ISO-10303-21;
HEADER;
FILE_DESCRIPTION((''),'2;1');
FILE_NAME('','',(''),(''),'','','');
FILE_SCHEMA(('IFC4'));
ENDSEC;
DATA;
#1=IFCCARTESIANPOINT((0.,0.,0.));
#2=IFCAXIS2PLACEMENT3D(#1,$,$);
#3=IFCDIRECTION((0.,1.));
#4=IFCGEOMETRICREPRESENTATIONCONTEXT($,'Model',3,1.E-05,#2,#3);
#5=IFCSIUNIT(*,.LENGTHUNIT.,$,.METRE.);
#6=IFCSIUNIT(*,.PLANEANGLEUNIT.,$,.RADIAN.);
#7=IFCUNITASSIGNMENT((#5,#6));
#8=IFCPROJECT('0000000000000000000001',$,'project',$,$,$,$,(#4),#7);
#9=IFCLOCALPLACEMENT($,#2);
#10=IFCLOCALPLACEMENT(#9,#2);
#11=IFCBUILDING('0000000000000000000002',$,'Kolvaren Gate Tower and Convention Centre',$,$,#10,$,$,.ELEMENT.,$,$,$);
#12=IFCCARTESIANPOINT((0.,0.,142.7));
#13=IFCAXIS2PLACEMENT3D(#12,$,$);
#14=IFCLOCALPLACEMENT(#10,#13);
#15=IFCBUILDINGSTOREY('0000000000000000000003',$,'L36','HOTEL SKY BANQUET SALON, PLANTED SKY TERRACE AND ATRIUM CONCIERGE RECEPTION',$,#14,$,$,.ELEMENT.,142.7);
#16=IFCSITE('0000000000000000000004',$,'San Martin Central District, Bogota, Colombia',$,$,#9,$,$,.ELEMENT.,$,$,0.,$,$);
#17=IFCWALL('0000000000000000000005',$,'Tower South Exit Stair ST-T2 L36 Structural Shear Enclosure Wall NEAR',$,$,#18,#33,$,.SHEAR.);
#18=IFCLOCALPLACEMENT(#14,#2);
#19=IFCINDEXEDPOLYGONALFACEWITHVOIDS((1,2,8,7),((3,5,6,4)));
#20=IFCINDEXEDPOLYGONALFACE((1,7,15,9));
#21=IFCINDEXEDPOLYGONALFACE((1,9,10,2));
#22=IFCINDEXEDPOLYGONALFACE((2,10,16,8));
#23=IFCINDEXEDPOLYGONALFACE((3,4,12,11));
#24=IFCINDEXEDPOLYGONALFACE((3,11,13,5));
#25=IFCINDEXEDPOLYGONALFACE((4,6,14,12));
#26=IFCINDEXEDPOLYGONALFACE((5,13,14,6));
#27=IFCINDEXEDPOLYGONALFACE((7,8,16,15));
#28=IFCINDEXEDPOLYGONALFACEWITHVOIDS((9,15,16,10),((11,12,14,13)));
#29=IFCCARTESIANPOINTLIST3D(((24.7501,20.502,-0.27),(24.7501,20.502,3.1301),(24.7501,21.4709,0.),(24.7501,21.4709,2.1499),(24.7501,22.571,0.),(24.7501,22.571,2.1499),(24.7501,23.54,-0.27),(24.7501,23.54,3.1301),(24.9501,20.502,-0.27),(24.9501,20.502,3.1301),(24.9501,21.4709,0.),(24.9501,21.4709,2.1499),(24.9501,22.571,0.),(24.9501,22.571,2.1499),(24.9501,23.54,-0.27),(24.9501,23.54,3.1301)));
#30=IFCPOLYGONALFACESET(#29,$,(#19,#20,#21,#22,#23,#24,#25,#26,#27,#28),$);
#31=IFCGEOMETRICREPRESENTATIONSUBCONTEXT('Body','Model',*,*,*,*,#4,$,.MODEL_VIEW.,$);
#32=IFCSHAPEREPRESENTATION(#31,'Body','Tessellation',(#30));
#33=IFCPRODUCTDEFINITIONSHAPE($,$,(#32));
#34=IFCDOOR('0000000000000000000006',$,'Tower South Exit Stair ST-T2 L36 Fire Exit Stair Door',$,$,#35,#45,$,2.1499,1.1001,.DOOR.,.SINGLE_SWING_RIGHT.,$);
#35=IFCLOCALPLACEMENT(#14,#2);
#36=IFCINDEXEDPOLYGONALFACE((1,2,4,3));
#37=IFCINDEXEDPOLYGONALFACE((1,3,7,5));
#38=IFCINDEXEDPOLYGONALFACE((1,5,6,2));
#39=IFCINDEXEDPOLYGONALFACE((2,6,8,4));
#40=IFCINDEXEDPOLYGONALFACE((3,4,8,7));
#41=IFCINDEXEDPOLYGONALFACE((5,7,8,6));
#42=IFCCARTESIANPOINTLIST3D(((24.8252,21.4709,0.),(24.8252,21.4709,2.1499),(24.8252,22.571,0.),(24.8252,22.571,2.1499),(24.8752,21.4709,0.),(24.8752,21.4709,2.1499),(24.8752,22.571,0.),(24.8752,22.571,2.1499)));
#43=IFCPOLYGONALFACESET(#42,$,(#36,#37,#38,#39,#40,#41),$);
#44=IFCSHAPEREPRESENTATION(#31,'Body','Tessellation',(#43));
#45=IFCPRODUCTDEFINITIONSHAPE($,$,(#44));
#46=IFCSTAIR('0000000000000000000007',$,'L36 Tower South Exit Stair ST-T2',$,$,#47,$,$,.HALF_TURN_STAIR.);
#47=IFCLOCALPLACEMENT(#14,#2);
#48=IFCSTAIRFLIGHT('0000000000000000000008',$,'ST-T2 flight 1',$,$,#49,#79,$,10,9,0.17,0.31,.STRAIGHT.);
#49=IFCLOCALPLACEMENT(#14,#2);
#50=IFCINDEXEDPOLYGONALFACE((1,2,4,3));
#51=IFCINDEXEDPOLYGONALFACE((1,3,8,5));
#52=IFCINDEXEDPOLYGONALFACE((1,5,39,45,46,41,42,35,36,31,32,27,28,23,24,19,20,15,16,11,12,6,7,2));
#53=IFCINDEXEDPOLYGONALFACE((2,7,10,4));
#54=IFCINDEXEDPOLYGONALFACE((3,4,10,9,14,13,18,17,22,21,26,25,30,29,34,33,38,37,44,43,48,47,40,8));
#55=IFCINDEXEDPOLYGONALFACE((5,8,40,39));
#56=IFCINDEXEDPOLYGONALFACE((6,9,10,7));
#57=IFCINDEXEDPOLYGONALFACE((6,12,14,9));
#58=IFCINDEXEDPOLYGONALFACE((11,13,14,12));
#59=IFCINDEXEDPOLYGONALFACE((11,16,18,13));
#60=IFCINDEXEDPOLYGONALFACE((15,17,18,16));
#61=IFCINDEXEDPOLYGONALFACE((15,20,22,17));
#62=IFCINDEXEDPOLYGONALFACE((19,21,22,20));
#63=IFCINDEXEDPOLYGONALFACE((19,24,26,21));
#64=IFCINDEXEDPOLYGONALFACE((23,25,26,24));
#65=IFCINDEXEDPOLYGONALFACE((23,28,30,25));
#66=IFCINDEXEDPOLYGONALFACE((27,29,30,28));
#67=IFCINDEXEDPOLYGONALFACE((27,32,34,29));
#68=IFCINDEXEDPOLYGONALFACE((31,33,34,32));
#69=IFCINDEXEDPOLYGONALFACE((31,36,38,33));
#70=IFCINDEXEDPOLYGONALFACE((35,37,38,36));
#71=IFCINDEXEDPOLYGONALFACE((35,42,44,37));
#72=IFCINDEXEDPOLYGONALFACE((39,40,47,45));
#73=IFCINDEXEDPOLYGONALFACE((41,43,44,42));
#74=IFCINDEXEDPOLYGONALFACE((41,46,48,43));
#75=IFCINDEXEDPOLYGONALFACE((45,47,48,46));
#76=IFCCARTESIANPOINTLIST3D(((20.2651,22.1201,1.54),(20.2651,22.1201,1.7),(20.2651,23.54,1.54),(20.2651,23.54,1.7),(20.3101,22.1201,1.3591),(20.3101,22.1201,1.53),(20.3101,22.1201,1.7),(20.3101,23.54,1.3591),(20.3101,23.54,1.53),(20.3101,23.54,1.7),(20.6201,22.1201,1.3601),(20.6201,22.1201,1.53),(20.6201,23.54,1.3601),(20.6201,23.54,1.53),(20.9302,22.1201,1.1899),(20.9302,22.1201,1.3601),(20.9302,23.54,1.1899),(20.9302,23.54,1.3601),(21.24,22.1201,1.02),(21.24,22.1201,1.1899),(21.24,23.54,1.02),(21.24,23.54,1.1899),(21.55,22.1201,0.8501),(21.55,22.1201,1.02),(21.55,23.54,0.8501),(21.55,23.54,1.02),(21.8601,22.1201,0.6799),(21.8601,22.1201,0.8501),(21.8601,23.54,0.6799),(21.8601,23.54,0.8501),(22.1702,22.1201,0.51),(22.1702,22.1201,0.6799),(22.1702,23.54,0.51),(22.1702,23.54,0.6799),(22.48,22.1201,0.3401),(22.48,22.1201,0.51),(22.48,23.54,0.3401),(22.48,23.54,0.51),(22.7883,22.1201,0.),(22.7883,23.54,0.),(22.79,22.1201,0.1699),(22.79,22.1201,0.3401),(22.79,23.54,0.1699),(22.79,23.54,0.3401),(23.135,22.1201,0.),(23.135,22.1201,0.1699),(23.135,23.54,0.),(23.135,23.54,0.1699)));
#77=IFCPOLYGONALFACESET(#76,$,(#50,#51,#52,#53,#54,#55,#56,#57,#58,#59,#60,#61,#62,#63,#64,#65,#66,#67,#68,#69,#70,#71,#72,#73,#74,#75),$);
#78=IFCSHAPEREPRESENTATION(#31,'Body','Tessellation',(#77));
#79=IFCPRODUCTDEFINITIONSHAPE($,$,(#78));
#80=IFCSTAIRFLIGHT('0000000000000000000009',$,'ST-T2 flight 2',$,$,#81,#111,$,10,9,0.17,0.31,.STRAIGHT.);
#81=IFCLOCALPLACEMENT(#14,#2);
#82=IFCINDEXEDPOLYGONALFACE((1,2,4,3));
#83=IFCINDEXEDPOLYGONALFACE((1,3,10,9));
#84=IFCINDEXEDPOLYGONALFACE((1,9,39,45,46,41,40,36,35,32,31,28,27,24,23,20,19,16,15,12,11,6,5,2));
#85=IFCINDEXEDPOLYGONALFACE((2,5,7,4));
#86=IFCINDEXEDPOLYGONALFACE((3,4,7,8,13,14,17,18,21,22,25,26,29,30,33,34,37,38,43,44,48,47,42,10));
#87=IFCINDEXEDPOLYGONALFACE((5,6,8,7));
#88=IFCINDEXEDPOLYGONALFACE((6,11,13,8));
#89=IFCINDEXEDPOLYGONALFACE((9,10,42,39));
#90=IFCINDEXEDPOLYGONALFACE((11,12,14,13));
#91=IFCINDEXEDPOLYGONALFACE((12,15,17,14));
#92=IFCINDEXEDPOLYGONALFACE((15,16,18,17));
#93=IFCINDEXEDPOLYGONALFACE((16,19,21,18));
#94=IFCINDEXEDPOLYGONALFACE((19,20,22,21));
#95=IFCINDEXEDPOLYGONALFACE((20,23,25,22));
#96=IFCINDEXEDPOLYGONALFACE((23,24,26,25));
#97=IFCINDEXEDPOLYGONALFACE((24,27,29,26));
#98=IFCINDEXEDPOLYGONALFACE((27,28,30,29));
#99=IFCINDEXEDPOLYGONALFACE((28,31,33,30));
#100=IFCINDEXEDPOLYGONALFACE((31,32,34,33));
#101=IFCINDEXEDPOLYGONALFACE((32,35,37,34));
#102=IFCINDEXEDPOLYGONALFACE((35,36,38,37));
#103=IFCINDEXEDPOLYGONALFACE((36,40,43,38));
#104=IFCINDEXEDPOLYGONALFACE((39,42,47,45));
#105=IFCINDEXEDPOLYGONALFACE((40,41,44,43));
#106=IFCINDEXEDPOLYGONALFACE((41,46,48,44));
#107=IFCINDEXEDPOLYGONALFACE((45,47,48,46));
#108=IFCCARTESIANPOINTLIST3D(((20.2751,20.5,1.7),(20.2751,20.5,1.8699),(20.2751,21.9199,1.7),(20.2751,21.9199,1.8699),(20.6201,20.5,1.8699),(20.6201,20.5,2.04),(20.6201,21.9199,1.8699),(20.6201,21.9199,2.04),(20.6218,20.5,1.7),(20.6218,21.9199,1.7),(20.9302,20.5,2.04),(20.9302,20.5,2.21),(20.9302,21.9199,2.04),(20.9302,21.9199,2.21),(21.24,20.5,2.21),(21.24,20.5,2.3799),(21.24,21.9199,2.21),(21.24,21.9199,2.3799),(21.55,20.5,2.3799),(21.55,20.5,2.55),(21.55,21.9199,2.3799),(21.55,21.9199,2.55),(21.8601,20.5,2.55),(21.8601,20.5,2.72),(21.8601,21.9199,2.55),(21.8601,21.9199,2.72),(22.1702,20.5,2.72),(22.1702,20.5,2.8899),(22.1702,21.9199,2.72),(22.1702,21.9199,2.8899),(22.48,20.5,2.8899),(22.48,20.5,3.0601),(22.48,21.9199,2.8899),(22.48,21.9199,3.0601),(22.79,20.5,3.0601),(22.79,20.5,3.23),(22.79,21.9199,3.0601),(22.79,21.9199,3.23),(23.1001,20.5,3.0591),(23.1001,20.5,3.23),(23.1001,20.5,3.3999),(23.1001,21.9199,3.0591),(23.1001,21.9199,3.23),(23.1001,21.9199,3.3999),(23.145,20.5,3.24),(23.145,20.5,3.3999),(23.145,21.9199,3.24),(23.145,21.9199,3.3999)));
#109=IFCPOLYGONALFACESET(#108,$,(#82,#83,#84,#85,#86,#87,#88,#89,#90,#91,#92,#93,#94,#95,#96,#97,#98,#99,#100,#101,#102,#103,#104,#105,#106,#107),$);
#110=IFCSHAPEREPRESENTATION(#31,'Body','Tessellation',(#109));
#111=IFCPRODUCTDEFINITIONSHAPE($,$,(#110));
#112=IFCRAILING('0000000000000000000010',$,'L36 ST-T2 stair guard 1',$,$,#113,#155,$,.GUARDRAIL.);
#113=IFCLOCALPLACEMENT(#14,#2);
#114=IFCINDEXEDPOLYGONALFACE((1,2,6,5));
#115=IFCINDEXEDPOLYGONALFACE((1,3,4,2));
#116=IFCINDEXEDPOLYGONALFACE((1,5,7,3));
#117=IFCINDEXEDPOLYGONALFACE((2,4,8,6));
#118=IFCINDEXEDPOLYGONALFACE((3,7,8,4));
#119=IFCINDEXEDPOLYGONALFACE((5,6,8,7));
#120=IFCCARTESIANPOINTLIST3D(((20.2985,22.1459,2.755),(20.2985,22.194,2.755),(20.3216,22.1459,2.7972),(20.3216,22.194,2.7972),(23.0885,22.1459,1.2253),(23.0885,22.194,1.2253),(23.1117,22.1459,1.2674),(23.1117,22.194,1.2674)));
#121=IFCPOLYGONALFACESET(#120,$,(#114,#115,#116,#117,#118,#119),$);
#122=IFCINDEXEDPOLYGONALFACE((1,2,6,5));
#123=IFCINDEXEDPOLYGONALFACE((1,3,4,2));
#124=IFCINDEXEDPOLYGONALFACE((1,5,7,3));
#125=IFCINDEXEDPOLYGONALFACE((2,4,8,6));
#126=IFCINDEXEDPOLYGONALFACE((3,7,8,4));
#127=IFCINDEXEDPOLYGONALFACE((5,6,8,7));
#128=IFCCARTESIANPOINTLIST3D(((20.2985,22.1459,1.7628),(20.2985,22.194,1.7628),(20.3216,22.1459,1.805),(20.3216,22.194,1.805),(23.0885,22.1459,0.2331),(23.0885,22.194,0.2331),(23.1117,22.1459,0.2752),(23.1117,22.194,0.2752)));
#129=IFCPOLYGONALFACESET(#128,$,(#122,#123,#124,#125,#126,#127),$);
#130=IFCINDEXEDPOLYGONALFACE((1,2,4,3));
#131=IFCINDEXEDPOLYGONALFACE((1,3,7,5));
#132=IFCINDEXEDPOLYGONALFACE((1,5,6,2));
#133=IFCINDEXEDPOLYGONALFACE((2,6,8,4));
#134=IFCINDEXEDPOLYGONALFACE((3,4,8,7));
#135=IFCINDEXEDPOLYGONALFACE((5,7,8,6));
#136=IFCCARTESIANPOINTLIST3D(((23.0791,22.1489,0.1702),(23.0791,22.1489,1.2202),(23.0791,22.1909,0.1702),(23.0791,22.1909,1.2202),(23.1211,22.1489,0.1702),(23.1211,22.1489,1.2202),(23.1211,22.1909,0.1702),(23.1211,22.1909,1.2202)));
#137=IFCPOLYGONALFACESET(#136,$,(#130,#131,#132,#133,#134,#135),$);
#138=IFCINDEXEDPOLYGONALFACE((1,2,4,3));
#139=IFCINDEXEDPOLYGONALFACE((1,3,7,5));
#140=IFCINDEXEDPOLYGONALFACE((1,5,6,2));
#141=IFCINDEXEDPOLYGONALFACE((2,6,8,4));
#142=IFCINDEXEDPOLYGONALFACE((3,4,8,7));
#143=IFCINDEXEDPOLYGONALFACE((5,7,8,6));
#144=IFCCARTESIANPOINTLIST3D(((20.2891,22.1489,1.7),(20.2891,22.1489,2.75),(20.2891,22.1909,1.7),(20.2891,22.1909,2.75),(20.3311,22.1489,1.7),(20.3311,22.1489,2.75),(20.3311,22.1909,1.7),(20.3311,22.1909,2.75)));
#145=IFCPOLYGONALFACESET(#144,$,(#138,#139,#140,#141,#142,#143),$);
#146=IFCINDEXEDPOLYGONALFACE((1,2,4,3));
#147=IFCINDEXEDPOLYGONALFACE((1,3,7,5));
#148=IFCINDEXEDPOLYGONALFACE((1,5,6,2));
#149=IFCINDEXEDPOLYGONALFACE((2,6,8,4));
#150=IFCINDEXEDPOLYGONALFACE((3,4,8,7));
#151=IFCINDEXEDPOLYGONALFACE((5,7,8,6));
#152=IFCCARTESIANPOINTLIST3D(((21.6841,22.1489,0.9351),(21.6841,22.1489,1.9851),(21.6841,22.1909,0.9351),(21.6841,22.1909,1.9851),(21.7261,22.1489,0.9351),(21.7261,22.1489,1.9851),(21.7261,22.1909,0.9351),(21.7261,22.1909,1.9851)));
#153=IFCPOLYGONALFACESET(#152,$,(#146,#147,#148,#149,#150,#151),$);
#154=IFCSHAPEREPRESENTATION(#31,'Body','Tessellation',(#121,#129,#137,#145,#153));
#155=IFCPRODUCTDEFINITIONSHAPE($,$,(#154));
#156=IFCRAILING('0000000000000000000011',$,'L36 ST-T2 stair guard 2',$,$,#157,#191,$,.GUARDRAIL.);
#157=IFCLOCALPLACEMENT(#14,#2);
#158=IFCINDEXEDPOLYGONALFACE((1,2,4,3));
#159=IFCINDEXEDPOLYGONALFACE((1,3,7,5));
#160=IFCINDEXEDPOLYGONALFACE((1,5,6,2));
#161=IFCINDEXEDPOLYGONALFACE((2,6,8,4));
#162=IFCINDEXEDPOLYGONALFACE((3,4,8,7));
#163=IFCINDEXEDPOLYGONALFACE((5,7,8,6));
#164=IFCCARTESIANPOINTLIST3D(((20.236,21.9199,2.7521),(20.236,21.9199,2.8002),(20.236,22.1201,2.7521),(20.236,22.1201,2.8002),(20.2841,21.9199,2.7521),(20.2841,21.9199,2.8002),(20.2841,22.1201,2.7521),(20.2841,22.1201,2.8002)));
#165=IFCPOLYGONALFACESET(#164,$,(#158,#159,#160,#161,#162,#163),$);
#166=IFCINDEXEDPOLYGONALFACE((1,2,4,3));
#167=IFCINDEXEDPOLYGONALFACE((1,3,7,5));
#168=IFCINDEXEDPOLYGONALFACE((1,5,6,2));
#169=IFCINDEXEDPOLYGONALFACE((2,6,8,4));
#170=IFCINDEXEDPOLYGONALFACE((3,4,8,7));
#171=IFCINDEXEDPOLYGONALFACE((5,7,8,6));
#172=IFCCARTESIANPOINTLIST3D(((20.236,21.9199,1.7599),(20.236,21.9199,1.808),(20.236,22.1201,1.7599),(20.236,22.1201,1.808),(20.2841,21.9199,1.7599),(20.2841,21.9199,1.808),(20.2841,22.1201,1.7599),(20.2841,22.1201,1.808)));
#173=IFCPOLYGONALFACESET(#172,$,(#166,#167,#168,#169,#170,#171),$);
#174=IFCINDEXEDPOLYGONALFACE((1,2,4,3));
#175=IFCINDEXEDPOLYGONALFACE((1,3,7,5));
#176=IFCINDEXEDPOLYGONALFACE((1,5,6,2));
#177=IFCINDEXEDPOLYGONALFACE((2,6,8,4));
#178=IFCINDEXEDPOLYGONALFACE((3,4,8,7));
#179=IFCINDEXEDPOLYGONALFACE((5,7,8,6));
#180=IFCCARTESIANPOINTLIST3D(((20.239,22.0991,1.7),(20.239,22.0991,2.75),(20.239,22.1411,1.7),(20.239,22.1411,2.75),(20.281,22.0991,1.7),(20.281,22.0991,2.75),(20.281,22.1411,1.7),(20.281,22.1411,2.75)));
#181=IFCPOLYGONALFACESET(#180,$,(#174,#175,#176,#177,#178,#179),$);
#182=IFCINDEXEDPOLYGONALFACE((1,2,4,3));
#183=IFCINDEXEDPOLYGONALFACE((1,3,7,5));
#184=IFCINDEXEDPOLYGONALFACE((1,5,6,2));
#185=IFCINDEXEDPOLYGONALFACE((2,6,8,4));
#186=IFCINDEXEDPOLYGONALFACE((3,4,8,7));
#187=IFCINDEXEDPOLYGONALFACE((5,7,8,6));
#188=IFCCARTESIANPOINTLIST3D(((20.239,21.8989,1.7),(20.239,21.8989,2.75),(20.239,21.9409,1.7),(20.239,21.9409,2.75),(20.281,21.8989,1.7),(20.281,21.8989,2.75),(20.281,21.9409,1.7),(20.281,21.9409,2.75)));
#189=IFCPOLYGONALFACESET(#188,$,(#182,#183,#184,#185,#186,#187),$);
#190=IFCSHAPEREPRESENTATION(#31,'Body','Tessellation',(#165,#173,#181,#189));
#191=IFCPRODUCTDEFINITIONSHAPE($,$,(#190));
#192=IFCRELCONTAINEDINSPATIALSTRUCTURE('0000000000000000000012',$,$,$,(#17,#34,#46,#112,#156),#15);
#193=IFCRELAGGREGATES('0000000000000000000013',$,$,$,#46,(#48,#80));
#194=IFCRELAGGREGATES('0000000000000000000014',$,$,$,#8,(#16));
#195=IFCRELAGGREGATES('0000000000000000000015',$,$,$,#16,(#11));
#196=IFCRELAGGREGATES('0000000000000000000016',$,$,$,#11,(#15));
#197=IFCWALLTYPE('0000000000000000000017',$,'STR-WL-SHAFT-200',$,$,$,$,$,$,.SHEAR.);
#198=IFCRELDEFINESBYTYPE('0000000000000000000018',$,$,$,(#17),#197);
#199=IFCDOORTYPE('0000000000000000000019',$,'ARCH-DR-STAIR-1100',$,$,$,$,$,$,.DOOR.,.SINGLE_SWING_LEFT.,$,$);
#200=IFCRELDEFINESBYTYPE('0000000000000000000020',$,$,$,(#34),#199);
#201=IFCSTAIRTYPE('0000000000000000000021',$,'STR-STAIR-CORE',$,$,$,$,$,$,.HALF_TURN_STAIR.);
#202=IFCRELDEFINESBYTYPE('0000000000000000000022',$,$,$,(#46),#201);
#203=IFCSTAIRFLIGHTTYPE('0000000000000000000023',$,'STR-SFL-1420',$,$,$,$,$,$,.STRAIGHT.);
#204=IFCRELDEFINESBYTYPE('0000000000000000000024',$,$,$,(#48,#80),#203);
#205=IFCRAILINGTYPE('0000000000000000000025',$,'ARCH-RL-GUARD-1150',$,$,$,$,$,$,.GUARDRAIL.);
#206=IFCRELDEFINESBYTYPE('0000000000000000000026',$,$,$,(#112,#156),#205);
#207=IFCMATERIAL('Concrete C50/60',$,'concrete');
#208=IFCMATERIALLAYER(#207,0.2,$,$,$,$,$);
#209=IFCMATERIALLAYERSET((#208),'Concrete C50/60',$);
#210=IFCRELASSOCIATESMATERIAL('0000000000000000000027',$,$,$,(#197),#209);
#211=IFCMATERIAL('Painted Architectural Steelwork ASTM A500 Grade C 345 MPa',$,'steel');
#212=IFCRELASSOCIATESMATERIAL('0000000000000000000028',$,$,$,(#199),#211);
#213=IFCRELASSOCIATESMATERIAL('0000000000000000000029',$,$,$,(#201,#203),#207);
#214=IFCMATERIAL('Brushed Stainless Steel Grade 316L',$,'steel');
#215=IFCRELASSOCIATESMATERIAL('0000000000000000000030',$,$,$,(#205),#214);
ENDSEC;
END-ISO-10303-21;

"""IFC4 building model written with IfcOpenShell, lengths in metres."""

from ifc_helpers import new_model, si_unit, direction, frame, frame_2d, origin, origin_2d, place, context, subcontext, project, spatial, polyline, rectangle, outline, extrude, material, layer, layer_set, type_object, element, fill, aggregate, save


model = new_model("IFC4")

# Units and contexts
model_context = context("Model", 3, precision=1e-05, world=origin(), true_north=direction((0.0, 1.0)))
body_context = subcontext(model_context, "Body", "Model", "MODEL_VIEW")
ifc_project = project(units=[si_unit("LENGTHUNIT", "METRE"), si_unit("PLANEANGLEUNIT", "RADIAN")], contexts=[model_context])

# Site, building, storey
site_placement = place(None, origin())
site = spatial("IfcSite", under=ifc_project, at=site_placement, Name="San Martin Central District, Bogota, Colombia", CompositionType="ELEMENT", RefElevation=0.0)
building_placement = place(site_placement, origin())
building = spatial("IfcBuilding", under=site, at=building_placement, Name="Kolvaren Gate Tower and Convention Centre", CompositionType="ELEMENT")
storey_placement = place(building_placement, frame((0.0, 0.0, 142.7)))
storey = spatial("IfcBuildingStorey", under=building, at=storey_placement, Name="L36", Description="HOTEL SKY BANQUET SALON, PLANTED SKY TERRACE AND ATRIUM CONCIERGE RECEPTION", CompositionType="ELEMENT", Elevation=142.7)

# Shared definitions
ifc_material_1 = material(Name="Brushed Stainless Steel Grade 316L", Category="steel")

# Wall, opening, door
ifc_material_2 = material(Name="Concrete C50/60", Category="concrete")
ifc_layer_1 = layer(ifc_material_2, 0.2)
ifc_layer_set_1 = layer_set([ifc_layer_1], Name="Concrete C50/60")
wall_type_1 = type_object("IfcWallType", Name="STR-WL-SHAFT-200", PredefinedType="SHEAR", material=ifc_layer_set_1)
wall_1_placement = place(storey_placement, frame((24.8501, 20.502, -0.27), z_axis=(0.0, 0.0, 1.0), x_axis=(0.0, 1.0, 0.0)))
wall_1 = element("IfcWall", 1, at=wall_1_placement, inside=storey, type_object=wall_type_1, Name="Tower South Exit Stair ST-T2 L36 Structural Shear Enclosure Wall NEAR", PredefinedType="SHEAR", context=body_context, shape_type="SweptSolid", body=[
    extrude(rectangle(XDim=3.0381, YDim=0.2, at=frame_2d((1.519, 0.0))), origin(), (0.0, 0.0, 1.0), 3.4001),
])
opening_1_placement = place(wall_1_placement, frame((0.969, 0.0, 0.27)))
opening_1 = element("IfcOpeningElement", 2, at=opening_1_placement, cuts=wall_1, PredefinedType="OPENING", context=body_context, shape_type="SweptSolid", body=[
    extrude(rectangle(XDim=1.1001, YDim=2.1499, at=frame_2d((0.55, 1.075))), frame((0.0, 0.1099, 0.0), z_axis=(0.0, -1.0, 0.0), x_axis=(1.0, 0.0, 0.0)), (0.0, 0.0, 1.0), 0.22),
])
ifc_material_3 = material(Name="Painted Architectural Steelwork ASTM A500 Grade C 345 MPa", Category="steel")
door_type_1 = type_object("IfcDoorType", Name="ARCH-DR-STAIR-1100", OperationType="SINGLE_SWING_LEFT", PredefinedType="DOOR", material=ifc_material_3)
door_1_placement = place(opening_1_placement, origin())
door_1 = element("IfcDoor", 3, at=door_1_placement, inside=storey, type_object=door_type_1, Name="Tower South Exit Stair ST-T2 L36 Fire Exit Stair Door", OperationType="SINGLE_SWING_RIGHT", OverallHeight=2.1499, OverallWidth=1.1001, PredefinedType="DOOR", context=body_context, shape_type="SweptSolid", body=[
    extrude(rectangle(XDim=1.1001, YDim=2.1499, at=frame_2d((0.55, 1.075))), frame((0.0, 0.0249, 0.0), z_axis=(0.0, -1.0, 0.0), x_axis=(1.0, 0.0, 0.0)), (0.0, 0.0, 1.0), 0.05),
])
fill(opening_1, door_1)

# Stair, stair flights
stair_type = type_object("IfcStairType", Name="STR-STAIR-CORE", PredefinedType="HALF_TURN_STAIR", material=ifc_material_2)
stair_placement = place(storey_placement, origin())
stair = element("IfcStair", 4, at=stair_placement, inside=storey, type_object=stair_type, Name="L36 Tower South Exit Stair ST-T2", PredefinedType="HALF_TURN_STAIR")
stair_flight_type = type_object("IfcStairFlightType", Name="STR-SFL-1420", PredefinedType="STRAIGHT", material=ifc_material_2)
stair_flight_1_placement = place(storey_placement, frame((23.1001, 22.8301, 0.0), z_axis=(0.0, 0.0, 1.0), x_axis=(-1.0, 0.0, 0.0)))
stair_flight_1 = element("IfcStairFlight", 5, at=stair_flight_1_placement, type_object=stair_flight_type, Name="ST-T2 flight 1", NumberOfRisers=10, NumberOfTreads=9, PredefinedType="STRAIGHT", RiserHeight=0.17, TreadLength=0.31, context=body_context, shape_type="SweptSolid", body=[
    extrude(outline(polyline([(-0.0349, 0.0), (-0.0349, 0.1699), (0.3101, 0.1699), (0.3101, 0.3401), (0.6201, 0.3401), (0.6201, 0.51), (0.9299, 0.51), (0.9299, 0.6799), (1.24, 0.6799), (1.24, 0.8501), (1.55, 0.8501), (1.55, 1.02), (1.8601, 1.02), (1.8601, 1.1899), (2.1699, 1.1899), (2.1699, 1.3601), (2.48, 1.3601), (2.48, 1.53), (2.79, 1.53), (2.79, 1.7), (2.835, 1.7), (2.835, 1.54), (2.79, 1.3591), (0.3118, 0.0), (-0.0349, 0.0)])), frame((0.0, 0.71, 0.0), z_axis=(0.0, -1.0, 0.0), x_axis=(1.0, 0.0, 0.0)), (0.0, 0.0, 1.0), 1.4199),
])
stair_flight_2_placement = place(storey_placement, frame((20.3101, 21.21, 1.7), z_axis=(0.0, 0.0, 1.0), x_axis=(1.0, 0.0, 0.0)))
stair_flight_2 = element("IfcStairFlight", 6, at=stair_flight_2_placement, type_object=stair_flight_type, Name="ST-T2 flight 2", NumberOfRisers=10, NumberOfTreads=9, PredefinedType="STRAIGHT", RiserHeight=0.17, TreadLength=0.31, context=body_context, shape_type="SweptSolid", body=[
    extrude(outline(polyline([(-0.0349, 0.0), (-0.0349, 0.1699), (0.3101, 0.1699), (0.3101, 0.3401), (0.6201, 0.3401), (0.6201, 0.51), (0.9299, 0.51), (0.9299, 0.6799), (1.24, 0.6799), (1.24, 0.8501), (1.55, 0.8501), (1.55, 1.02), (1.8601, 1.02), (1.8601, 1.1899), (2.1699, 1.1899), (2.1699, 1.3601), (2.48, 1.3601), (2.48, 1.53), (2.79, 1.53), (2.79, 1.7), (2.835, 1.7), (2.835, 1.54), (2.79, 1.3591), (0.3118, 0.0), (-0.0349, 0.0)])), frame((0.0, 0.71, 0.0), z_axis=(0.0, -1.0, 0.0), x_axis=(1.0, 0.0, 0.0)), (0.0, 0.0, 1.0), 1.4199),
])
aggregate(stair, [stair_flight_1, stair_flight_2])

# Railings
railing_type_1 = type_object("IfcRailingType", Name="ARCH-RL-GUARD-1150", PredefinedType="GUARDRAIL", material=ifc_material_1)
railing_1_placement = place(storey_placement, frame((23.1001, 22.1699, 0.1702)))
element("IfcRailing", 7, at=railing_1_placement, inside=storey, type_object=railing_type_1, Name="L36 ST-T2 stair guard 1", PredefinedType="GUARDRAIL", context=body_context, shape_type="SweptSolid", body=[
    extrude(rectangle(XDim=0.0481, YDim=0.0481, at=origin_2d()), frame((0.0, 0.0, 1.0762), z_axis=(-0.876844, 0.0, 0.480776), x_axis=(0.0, -1.0, 0.0)), (0.0, 0.0, 1.0), 3.1819),
    extrude(rectangle(XDim=0.0481, YDim=0.0481, at=origin_2d()), frame((0.0, 0.0, 0.084), z_axis=(-0.876844, 0.0, 0.480776), x_axis=(0.0, -1.0, 0.0)), (0.0, 0.0, 1.0), 3.1819),
    extrude(rectangle(XDim=0.042, YDim=0.042, at=origin_2d()), origin(), (0.0, 0.0, 1.0), 1.05),
    extrude(rectangle(XDim=0.042, YDim=0.042, at=origin_2d()), frame((-2.79, 0.0, 1.5298)), (0.0, 0.0, 1.0), 1.05),
    extrude(rectangle(XDim=0.042, YDim=0.042, at=origin_2d()), frame((-1.395, 0.0, 0.7649)), (0.0, 0.0, 1.0), 1.05),
])
railing_2_placement = place(storey_placement, frame((20.26, 22.1201, 1.7)))
element("IfcRailing", 8, at=railing_2_placement, inside=storey, type_object=railing_type_1, Name="L36 ST-T2 stair guard 2", PredefinedType="GUARDRAIL", context=body_context, shape_type="SweptSolid", body=[
    extrude(rectangle(XDim=0.0481, YDim=0.0481, at=origin_2d()), frame((0.0, 0.0, 1.0762), z_axis=(0.0, -1.0, 0.0), x_axis=(1.0, 0.0, 0.0)), (0.0, 0.0, 1.0), 0.2002),
    extrude(rectangle(XDim=0.0481, YDim=0.0481, at=origin_2d()), frame((0.0, 0.0, 0.084), z_axis=(0.0, -1.0, 0.0), x_axis=(1.0, 0.0, 0.0)), (0.0, 0.0, 1.0), 0.2002),
    extrude(rectangle(XDim=0.042, YDim=0.042, at=origin_2d()), origin(), (0.0, 0.0, 1.0), 1.05),
    extrude(rectangle(XDim=0.042, YDim=0.042, at=origin_2d()), frame((0.0, -0.2002, 0.0)), (0.0, 0.0, 1.0), 1.05),
])

save(model, "model.ifc")
